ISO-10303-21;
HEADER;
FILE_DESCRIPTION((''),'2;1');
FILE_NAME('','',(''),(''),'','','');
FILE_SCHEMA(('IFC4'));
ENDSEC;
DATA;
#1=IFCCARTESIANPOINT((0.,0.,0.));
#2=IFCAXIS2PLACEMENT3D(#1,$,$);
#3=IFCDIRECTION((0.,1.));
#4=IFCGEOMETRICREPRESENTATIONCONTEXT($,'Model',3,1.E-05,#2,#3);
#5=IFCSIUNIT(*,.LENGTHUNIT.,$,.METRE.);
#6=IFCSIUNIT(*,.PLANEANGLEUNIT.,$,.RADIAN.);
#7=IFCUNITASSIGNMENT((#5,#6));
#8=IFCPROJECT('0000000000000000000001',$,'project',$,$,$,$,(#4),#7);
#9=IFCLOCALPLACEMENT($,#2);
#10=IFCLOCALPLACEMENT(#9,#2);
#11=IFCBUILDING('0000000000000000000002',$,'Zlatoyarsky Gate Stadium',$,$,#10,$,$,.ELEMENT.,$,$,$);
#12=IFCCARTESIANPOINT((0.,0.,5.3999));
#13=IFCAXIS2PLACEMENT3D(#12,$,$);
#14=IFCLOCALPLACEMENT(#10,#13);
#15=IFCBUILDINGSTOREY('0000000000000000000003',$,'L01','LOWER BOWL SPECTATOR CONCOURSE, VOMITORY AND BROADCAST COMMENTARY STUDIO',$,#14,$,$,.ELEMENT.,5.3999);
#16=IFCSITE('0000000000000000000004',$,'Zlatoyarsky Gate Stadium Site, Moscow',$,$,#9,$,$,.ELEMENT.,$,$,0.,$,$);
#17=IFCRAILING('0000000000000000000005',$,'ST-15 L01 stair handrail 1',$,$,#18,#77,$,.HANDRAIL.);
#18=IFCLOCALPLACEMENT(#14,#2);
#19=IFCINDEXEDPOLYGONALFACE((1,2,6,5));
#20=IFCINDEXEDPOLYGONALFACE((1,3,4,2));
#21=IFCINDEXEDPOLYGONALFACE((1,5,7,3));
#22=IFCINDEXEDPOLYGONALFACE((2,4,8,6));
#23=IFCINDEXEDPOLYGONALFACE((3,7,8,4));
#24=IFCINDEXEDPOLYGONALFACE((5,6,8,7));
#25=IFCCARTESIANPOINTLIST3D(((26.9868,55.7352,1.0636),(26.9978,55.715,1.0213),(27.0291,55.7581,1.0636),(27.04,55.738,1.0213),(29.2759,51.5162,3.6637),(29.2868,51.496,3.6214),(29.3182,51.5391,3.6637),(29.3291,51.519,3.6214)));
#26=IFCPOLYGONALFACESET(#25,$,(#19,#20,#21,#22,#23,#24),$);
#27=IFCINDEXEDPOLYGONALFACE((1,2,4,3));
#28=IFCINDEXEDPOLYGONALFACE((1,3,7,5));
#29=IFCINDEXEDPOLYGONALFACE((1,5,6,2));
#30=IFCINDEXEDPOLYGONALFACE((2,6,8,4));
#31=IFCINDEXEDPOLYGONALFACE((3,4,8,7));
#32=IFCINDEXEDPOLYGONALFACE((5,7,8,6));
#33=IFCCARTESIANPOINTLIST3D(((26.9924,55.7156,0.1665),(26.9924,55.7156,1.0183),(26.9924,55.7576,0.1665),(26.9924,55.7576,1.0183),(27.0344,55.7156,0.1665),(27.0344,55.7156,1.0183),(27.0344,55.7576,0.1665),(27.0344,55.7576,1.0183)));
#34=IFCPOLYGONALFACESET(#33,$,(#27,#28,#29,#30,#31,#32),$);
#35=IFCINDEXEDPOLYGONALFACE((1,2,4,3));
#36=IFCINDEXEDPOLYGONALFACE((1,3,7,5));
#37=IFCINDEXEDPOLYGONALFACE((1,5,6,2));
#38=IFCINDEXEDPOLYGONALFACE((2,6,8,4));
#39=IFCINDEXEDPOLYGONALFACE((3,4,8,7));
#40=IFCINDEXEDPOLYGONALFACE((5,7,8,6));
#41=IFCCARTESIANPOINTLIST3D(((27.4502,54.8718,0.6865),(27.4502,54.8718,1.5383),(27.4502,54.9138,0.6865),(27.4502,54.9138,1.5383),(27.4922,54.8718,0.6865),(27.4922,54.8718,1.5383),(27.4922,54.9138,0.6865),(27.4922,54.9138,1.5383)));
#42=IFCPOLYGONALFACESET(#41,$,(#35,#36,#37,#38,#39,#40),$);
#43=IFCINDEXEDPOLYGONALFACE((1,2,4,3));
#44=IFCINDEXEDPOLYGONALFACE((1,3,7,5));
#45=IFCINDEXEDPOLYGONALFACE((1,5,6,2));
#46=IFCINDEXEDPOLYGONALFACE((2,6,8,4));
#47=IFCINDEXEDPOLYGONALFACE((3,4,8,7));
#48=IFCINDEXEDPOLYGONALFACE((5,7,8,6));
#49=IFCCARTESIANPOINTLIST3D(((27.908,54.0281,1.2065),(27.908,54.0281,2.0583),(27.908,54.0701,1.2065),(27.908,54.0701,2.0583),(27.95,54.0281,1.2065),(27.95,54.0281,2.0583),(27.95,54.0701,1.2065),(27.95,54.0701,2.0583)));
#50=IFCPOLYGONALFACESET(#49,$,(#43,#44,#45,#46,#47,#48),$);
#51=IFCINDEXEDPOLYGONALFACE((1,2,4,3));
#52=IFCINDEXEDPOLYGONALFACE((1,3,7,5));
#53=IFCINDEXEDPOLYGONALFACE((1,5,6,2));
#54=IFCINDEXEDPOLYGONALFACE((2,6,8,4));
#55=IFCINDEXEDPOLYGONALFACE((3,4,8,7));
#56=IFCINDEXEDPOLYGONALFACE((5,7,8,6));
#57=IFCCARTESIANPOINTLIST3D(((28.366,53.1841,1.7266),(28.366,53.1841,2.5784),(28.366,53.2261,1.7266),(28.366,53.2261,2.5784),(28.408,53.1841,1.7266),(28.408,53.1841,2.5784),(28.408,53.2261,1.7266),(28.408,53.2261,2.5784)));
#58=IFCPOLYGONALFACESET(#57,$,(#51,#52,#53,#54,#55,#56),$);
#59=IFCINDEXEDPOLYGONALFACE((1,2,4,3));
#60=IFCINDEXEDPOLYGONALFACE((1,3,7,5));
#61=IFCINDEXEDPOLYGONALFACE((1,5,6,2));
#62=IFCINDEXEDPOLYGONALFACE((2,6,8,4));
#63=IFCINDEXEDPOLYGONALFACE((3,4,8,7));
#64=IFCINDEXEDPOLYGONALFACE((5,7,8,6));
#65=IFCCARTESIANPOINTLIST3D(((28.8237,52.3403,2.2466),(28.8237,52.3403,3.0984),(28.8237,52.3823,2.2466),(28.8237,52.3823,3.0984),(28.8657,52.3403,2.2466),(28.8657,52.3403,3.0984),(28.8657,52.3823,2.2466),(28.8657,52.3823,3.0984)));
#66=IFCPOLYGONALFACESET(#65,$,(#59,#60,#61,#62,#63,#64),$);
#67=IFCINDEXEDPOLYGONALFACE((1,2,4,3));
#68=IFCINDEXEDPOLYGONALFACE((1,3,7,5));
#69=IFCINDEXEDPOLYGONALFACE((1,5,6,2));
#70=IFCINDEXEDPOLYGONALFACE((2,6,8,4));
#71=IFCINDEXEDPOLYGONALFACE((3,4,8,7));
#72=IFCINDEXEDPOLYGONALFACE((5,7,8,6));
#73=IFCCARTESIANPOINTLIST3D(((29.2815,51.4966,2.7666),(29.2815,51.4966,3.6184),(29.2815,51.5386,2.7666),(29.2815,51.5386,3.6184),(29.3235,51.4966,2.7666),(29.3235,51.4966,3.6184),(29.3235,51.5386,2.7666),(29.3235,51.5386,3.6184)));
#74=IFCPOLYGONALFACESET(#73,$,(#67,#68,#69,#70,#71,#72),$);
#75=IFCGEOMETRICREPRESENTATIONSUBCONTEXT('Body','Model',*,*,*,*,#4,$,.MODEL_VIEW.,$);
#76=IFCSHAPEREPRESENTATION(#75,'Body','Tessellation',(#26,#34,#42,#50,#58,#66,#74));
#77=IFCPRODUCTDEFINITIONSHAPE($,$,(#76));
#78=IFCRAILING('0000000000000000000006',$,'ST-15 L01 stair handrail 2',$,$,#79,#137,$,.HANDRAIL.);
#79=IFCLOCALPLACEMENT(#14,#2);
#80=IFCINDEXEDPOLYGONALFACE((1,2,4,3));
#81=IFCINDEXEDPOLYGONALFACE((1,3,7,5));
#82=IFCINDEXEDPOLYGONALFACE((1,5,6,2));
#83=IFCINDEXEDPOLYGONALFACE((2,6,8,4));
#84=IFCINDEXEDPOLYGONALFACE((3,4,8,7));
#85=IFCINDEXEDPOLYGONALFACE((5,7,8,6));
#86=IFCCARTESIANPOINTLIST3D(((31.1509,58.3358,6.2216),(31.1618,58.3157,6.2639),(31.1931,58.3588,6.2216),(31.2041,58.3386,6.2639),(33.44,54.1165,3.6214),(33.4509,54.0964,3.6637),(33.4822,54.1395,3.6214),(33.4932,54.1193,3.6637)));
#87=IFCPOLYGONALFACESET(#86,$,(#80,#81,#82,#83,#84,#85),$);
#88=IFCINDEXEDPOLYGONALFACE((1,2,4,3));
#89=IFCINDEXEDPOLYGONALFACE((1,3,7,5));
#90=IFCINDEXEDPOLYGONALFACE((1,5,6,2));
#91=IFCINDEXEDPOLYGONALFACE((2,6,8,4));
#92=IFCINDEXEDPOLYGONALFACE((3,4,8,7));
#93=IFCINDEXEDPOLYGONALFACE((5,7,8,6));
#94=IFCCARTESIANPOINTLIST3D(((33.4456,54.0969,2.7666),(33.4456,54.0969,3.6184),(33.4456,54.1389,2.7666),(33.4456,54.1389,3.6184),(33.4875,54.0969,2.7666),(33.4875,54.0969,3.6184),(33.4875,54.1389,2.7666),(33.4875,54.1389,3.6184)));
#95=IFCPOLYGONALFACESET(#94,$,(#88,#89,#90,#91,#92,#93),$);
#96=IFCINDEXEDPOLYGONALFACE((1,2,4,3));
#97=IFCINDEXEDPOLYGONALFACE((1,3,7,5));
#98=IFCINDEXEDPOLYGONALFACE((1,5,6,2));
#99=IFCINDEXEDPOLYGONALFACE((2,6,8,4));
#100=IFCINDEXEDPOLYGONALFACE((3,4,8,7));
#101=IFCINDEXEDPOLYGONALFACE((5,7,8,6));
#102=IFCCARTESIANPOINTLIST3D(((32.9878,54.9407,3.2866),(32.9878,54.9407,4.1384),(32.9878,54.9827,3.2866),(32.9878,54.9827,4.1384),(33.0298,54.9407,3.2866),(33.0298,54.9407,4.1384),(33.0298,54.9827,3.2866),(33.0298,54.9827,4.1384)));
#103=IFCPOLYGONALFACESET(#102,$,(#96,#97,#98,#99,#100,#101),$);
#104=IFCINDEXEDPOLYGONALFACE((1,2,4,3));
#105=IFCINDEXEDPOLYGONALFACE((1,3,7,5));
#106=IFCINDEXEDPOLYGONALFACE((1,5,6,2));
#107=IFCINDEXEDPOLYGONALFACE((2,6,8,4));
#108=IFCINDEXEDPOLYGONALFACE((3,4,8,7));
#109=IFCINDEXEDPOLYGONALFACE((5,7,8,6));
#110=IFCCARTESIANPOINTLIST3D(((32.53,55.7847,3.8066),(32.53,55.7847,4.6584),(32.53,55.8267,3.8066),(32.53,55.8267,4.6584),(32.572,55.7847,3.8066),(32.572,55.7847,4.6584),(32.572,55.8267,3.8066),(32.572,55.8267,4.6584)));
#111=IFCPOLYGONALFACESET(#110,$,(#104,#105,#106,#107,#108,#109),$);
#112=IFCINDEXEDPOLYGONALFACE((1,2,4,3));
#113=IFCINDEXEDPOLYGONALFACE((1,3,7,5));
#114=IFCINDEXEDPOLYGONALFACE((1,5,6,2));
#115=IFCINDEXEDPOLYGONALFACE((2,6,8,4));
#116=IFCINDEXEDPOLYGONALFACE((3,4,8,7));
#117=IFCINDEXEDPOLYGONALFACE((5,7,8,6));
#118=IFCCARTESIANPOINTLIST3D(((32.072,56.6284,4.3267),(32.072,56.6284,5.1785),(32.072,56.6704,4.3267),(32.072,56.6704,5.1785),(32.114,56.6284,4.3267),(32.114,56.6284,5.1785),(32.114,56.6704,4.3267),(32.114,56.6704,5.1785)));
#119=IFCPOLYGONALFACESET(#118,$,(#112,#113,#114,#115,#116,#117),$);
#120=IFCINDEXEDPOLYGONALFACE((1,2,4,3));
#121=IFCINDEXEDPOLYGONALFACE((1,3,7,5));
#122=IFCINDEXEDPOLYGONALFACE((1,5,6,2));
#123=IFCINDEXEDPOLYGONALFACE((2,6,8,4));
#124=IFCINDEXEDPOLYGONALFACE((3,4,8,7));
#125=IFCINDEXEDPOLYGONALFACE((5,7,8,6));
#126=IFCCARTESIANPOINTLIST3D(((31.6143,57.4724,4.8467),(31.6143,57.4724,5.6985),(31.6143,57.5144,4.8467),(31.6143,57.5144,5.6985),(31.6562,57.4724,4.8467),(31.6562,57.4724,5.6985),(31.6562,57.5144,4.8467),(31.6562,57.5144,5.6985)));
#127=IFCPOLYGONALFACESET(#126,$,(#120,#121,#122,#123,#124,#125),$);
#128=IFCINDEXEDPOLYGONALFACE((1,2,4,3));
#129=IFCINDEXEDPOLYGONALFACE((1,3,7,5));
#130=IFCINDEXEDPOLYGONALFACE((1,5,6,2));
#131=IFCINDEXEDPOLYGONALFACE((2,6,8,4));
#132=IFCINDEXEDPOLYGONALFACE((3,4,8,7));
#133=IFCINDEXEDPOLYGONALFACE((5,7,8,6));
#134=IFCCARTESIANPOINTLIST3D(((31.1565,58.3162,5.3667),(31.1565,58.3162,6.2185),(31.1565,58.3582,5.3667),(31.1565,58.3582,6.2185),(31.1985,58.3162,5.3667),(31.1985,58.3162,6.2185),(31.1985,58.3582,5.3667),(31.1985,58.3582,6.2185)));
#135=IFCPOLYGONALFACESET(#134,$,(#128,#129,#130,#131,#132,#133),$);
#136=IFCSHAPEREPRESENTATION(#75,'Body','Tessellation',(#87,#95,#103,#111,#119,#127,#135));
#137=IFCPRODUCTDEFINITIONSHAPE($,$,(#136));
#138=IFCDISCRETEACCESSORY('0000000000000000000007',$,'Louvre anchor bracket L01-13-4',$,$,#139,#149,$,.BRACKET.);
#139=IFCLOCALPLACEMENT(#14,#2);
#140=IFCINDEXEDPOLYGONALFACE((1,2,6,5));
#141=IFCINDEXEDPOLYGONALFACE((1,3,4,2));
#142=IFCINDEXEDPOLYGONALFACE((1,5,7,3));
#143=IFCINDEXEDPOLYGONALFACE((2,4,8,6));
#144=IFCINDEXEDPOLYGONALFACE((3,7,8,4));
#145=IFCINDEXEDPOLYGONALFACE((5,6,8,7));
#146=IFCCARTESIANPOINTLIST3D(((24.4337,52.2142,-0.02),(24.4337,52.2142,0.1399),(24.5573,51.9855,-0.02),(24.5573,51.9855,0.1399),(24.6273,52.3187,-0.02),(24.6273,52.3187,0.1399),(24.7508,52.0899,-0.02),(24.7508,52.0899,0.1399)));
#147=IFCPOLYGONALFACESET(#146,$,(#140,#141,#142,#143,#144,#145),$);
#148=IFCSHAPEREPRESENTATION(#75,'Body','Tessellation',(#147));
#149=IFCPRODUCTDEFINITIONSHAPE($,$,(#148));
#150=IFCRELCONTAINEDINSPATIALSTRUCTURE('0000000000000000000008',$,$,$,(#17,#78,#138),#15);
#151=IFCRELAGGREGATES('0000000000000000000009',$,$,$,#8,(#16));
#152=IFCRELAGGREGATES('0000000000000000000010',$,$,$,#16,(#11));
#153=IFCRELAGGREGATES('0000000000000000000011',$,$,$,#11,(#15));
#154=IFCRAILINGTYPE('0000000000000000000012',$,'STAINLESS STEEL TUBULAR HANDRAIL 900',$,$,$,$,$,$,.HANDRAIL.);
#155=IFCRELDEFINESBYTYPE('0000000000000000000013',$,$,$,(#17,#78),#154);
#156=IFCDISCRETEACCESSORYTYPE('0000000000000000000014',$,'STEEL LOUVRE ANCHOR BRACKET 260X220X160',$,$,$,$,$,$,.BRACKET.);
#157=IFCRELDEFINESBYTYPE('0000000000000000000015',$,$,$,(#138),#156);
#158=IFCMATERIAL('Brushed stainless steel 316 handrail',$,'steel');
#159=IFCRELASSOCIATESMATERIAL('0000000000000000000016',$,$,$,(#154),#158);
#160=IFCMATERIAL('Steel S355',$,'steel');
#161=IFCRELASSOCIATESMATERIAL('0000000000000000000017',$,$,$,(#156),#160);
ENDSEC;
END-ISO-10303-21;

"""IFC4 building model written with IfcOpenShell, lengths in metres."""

from ifc_helpers import new_model, si_unit, direction, frame, origin, origin_2d, place, context, subcontext, project, spatial, rectangle, extrude, material, type_object, element, save


model = new_model("IFC4")

# Units and contexts
model_context = context("Model", 3, precision=1e-05, world=origin(), true_north=direction((0.0, 1.0)))
body_context = subcontext(model_context, "Body", "Model", "MODEL_VIEW")
ifc_project = project(units=[si_unit("LENGTHUNIT", "METRE"), si_unit("PLANEANGLEUNIT", "RADIAN")], contexts=[model_context])

# Site, building, storey
site_placement = place(None, origin())
site = spatial("IfcSite", under=ifc_project, at=site_placement, Name="Zlatoyarsky Gate Stadium Site, Moscow", CompositionType="ELEMENT", RefElevation=0.0)
building_placement = place(site_placement, origin())
building = spatial("IfcBuilding", under=site, at=building_placement, Name="Zlatoyarsky Gate Stadium", CompositionType="ELEMENT")
storey_placement = place(building_placement, frame((0.0, 0.0, 5.3999)))
storey = spatial("IfcBuildingStorey", under=building, at=storey_placement, Name="L01", Description="LOWER BOWL SPECTATOR CONCOURSE, VOMITORY AND BROADCAST COMMENTARY STUDIO", CompositionType="ELEMENT", Elevation=5.3999)

# Shared definitions
ifc_material_1 = material(Name="Steel S355", Category="steel")

# Railings
ifc_material_2 = material(Name="Brushed stainless steel 316 handrail", Category="steel")
railing_type_1 = type_object("IfcRailingType", Name="STAINLESS STEEL TUBULAR HANDRAIL 900", PredefinedType="HANDRAIL", material=ifc_material_2)
railing_1_placement = place(storey_placement, frame((27.0134, 55.7366, 0.1665)))
element("IfcRailing", 1, at=railing_1_placement, inside=storey, type_object=railing_type_1, Name="ST-15 L01 stair handrail 1", PredefinedType="HANDRAIL", context=body_context, shape_type="SweptSolid", body=[
    extrude(rectangle(XDim=0.0481, YDim=0.0481, at=origin_2d()), frame((0.0, 0.0, 0.876), z_axis=(0.419322, -0.772857, 0.476299), x_axis=(0.878962, 0.476891, 0.0)), (0.0, 0.0, 1.0), 5.459),
    extrude(rectangle(XDim=0.042, YDim=0.042, at=origin_2d()), origin(), (0.0, 0.0, 1.0), 0.8518),
    extrude(rectangle(XDim=0.042, YDim=0.042, at=origin_2d()), frame((0.4578, -0.8438, 0.52)), (0.0, 0.0, 1.0), 0.8518),
    extrude(rectangle(XDim=0.042, YDim=0.042, at=origin_2d()), frame((0.9155, -1.6875, 1.04)), (0.0, 0.0, 1.0), 0.8518),
    extrude(rectangle(XDim=0.042, YDim=0.042, at=origin_2d()), frame((1.3735, -2.5315, 1.5601)), (0.0, 0.0, 1.0), 0.8518),
    extrude(rectangle(XDim=0.042, YDim=0.042, at=origin_2d()), frame((1.8313, -3.3752, 2.0801)), (0.0, 0.0, 1.0), 0.8518),
    extrude(rectangle(XDim=0.042, YDim=0.042, at=origin_2d()), frame((2.2891, -4.219, 2.6001)), (0.0, 0.0, 1.0), 0.8518),
])
railing_2_placement = place(storey_placement, frame((33.4666, 54.1179, 2.7666)))
element("IfcRailing", 2, at=railing_2_placement, inside=storey, type_object=railing_type_1, Name="ST-15 L01 stair handrail 2", PredefinedType="HANDRAIL", context=body_context, shape_type="SweptSolid", body=[
    extrude(rectangle(XDim=0.0481, YDim=0.0481, at=origin_2d()), frame((0.0, 0.0, 0.876), z_axis=(-0.419308, 0.772875, 0.476283), x_axis=(-0.878974, -0.47687, 0.0)), (0.0, 0.0, 1.0), 5.4592),
    extrude(rectangle(XDim=0.042, YDim=0.042, at=origin_2d()), origin(), (0.0, 0.0, 1.0), 0.8518),
    extrude(rectangle(XDim=0.042, YDim=0.042, at=origin_2d()), frame((-0.4578, 0.8438, 0.52)), (0.0, 0.0, 1.0), 0.8518),
    extrude(rectangle(XDim=0.042, YDim=0.042, at=origin_2d()), frame((-0.9155, 1.6877, 1.04)), (0.0, 0.0, 1.0), 0.8518),
    extrude(rectangle(XDim=0.042, YDim=0.042, at=origin_2d()), frame((-1.3735, 2.5315, 1.5601)), (0.0, 0.0, 1.0), 0.8518),
    extrude(rectangle(XDim=0.042, YDim=0.042, at=origin_2d()), frame((-1.8313, 3.3755, 2.0801)), (0.0, 0.0, 1.0), 0.8518),
    extrude(rectangle(XDim=0.042, YDim=0.042, at=origin_2d()), frame((-2.2891, 4.2192, 2.6001)), (0.0, 0.0, 1.0), 0.8518),
])

# Discrete accessory
discrete_accessory_type = type_object("IfcDiscreteAccessoryType", Name="STEEL LOUVRE ANCHOR BRACKET 260X220X160", PredefinedType="BRACKET", material=ifc_material_1)
discrete_accessory_placement = place(storey_placement, frame((24.5923, 52.1521, -0.02), z_axis=(0.0, 0.0, 1.0), x_axis=(0.475052, -0.879958, 0.0)))
element("IfcDiscreteAccessory", 3, at=discrete_accessory_placement, inside=storey, type_object=discrete_accessory_type, Name="Louvre anchor bracket L01-13-4", PredefinedType="BRACKET", context=body_context, shape_type="SweptSolid", body=[
    extrude(rectangle(XDim=0.26, YDim=0.22, at=origin_2d()), origin(), (0.0, 0.0, 1.0), 0.1599),
])

save(model, "model.ifc")
